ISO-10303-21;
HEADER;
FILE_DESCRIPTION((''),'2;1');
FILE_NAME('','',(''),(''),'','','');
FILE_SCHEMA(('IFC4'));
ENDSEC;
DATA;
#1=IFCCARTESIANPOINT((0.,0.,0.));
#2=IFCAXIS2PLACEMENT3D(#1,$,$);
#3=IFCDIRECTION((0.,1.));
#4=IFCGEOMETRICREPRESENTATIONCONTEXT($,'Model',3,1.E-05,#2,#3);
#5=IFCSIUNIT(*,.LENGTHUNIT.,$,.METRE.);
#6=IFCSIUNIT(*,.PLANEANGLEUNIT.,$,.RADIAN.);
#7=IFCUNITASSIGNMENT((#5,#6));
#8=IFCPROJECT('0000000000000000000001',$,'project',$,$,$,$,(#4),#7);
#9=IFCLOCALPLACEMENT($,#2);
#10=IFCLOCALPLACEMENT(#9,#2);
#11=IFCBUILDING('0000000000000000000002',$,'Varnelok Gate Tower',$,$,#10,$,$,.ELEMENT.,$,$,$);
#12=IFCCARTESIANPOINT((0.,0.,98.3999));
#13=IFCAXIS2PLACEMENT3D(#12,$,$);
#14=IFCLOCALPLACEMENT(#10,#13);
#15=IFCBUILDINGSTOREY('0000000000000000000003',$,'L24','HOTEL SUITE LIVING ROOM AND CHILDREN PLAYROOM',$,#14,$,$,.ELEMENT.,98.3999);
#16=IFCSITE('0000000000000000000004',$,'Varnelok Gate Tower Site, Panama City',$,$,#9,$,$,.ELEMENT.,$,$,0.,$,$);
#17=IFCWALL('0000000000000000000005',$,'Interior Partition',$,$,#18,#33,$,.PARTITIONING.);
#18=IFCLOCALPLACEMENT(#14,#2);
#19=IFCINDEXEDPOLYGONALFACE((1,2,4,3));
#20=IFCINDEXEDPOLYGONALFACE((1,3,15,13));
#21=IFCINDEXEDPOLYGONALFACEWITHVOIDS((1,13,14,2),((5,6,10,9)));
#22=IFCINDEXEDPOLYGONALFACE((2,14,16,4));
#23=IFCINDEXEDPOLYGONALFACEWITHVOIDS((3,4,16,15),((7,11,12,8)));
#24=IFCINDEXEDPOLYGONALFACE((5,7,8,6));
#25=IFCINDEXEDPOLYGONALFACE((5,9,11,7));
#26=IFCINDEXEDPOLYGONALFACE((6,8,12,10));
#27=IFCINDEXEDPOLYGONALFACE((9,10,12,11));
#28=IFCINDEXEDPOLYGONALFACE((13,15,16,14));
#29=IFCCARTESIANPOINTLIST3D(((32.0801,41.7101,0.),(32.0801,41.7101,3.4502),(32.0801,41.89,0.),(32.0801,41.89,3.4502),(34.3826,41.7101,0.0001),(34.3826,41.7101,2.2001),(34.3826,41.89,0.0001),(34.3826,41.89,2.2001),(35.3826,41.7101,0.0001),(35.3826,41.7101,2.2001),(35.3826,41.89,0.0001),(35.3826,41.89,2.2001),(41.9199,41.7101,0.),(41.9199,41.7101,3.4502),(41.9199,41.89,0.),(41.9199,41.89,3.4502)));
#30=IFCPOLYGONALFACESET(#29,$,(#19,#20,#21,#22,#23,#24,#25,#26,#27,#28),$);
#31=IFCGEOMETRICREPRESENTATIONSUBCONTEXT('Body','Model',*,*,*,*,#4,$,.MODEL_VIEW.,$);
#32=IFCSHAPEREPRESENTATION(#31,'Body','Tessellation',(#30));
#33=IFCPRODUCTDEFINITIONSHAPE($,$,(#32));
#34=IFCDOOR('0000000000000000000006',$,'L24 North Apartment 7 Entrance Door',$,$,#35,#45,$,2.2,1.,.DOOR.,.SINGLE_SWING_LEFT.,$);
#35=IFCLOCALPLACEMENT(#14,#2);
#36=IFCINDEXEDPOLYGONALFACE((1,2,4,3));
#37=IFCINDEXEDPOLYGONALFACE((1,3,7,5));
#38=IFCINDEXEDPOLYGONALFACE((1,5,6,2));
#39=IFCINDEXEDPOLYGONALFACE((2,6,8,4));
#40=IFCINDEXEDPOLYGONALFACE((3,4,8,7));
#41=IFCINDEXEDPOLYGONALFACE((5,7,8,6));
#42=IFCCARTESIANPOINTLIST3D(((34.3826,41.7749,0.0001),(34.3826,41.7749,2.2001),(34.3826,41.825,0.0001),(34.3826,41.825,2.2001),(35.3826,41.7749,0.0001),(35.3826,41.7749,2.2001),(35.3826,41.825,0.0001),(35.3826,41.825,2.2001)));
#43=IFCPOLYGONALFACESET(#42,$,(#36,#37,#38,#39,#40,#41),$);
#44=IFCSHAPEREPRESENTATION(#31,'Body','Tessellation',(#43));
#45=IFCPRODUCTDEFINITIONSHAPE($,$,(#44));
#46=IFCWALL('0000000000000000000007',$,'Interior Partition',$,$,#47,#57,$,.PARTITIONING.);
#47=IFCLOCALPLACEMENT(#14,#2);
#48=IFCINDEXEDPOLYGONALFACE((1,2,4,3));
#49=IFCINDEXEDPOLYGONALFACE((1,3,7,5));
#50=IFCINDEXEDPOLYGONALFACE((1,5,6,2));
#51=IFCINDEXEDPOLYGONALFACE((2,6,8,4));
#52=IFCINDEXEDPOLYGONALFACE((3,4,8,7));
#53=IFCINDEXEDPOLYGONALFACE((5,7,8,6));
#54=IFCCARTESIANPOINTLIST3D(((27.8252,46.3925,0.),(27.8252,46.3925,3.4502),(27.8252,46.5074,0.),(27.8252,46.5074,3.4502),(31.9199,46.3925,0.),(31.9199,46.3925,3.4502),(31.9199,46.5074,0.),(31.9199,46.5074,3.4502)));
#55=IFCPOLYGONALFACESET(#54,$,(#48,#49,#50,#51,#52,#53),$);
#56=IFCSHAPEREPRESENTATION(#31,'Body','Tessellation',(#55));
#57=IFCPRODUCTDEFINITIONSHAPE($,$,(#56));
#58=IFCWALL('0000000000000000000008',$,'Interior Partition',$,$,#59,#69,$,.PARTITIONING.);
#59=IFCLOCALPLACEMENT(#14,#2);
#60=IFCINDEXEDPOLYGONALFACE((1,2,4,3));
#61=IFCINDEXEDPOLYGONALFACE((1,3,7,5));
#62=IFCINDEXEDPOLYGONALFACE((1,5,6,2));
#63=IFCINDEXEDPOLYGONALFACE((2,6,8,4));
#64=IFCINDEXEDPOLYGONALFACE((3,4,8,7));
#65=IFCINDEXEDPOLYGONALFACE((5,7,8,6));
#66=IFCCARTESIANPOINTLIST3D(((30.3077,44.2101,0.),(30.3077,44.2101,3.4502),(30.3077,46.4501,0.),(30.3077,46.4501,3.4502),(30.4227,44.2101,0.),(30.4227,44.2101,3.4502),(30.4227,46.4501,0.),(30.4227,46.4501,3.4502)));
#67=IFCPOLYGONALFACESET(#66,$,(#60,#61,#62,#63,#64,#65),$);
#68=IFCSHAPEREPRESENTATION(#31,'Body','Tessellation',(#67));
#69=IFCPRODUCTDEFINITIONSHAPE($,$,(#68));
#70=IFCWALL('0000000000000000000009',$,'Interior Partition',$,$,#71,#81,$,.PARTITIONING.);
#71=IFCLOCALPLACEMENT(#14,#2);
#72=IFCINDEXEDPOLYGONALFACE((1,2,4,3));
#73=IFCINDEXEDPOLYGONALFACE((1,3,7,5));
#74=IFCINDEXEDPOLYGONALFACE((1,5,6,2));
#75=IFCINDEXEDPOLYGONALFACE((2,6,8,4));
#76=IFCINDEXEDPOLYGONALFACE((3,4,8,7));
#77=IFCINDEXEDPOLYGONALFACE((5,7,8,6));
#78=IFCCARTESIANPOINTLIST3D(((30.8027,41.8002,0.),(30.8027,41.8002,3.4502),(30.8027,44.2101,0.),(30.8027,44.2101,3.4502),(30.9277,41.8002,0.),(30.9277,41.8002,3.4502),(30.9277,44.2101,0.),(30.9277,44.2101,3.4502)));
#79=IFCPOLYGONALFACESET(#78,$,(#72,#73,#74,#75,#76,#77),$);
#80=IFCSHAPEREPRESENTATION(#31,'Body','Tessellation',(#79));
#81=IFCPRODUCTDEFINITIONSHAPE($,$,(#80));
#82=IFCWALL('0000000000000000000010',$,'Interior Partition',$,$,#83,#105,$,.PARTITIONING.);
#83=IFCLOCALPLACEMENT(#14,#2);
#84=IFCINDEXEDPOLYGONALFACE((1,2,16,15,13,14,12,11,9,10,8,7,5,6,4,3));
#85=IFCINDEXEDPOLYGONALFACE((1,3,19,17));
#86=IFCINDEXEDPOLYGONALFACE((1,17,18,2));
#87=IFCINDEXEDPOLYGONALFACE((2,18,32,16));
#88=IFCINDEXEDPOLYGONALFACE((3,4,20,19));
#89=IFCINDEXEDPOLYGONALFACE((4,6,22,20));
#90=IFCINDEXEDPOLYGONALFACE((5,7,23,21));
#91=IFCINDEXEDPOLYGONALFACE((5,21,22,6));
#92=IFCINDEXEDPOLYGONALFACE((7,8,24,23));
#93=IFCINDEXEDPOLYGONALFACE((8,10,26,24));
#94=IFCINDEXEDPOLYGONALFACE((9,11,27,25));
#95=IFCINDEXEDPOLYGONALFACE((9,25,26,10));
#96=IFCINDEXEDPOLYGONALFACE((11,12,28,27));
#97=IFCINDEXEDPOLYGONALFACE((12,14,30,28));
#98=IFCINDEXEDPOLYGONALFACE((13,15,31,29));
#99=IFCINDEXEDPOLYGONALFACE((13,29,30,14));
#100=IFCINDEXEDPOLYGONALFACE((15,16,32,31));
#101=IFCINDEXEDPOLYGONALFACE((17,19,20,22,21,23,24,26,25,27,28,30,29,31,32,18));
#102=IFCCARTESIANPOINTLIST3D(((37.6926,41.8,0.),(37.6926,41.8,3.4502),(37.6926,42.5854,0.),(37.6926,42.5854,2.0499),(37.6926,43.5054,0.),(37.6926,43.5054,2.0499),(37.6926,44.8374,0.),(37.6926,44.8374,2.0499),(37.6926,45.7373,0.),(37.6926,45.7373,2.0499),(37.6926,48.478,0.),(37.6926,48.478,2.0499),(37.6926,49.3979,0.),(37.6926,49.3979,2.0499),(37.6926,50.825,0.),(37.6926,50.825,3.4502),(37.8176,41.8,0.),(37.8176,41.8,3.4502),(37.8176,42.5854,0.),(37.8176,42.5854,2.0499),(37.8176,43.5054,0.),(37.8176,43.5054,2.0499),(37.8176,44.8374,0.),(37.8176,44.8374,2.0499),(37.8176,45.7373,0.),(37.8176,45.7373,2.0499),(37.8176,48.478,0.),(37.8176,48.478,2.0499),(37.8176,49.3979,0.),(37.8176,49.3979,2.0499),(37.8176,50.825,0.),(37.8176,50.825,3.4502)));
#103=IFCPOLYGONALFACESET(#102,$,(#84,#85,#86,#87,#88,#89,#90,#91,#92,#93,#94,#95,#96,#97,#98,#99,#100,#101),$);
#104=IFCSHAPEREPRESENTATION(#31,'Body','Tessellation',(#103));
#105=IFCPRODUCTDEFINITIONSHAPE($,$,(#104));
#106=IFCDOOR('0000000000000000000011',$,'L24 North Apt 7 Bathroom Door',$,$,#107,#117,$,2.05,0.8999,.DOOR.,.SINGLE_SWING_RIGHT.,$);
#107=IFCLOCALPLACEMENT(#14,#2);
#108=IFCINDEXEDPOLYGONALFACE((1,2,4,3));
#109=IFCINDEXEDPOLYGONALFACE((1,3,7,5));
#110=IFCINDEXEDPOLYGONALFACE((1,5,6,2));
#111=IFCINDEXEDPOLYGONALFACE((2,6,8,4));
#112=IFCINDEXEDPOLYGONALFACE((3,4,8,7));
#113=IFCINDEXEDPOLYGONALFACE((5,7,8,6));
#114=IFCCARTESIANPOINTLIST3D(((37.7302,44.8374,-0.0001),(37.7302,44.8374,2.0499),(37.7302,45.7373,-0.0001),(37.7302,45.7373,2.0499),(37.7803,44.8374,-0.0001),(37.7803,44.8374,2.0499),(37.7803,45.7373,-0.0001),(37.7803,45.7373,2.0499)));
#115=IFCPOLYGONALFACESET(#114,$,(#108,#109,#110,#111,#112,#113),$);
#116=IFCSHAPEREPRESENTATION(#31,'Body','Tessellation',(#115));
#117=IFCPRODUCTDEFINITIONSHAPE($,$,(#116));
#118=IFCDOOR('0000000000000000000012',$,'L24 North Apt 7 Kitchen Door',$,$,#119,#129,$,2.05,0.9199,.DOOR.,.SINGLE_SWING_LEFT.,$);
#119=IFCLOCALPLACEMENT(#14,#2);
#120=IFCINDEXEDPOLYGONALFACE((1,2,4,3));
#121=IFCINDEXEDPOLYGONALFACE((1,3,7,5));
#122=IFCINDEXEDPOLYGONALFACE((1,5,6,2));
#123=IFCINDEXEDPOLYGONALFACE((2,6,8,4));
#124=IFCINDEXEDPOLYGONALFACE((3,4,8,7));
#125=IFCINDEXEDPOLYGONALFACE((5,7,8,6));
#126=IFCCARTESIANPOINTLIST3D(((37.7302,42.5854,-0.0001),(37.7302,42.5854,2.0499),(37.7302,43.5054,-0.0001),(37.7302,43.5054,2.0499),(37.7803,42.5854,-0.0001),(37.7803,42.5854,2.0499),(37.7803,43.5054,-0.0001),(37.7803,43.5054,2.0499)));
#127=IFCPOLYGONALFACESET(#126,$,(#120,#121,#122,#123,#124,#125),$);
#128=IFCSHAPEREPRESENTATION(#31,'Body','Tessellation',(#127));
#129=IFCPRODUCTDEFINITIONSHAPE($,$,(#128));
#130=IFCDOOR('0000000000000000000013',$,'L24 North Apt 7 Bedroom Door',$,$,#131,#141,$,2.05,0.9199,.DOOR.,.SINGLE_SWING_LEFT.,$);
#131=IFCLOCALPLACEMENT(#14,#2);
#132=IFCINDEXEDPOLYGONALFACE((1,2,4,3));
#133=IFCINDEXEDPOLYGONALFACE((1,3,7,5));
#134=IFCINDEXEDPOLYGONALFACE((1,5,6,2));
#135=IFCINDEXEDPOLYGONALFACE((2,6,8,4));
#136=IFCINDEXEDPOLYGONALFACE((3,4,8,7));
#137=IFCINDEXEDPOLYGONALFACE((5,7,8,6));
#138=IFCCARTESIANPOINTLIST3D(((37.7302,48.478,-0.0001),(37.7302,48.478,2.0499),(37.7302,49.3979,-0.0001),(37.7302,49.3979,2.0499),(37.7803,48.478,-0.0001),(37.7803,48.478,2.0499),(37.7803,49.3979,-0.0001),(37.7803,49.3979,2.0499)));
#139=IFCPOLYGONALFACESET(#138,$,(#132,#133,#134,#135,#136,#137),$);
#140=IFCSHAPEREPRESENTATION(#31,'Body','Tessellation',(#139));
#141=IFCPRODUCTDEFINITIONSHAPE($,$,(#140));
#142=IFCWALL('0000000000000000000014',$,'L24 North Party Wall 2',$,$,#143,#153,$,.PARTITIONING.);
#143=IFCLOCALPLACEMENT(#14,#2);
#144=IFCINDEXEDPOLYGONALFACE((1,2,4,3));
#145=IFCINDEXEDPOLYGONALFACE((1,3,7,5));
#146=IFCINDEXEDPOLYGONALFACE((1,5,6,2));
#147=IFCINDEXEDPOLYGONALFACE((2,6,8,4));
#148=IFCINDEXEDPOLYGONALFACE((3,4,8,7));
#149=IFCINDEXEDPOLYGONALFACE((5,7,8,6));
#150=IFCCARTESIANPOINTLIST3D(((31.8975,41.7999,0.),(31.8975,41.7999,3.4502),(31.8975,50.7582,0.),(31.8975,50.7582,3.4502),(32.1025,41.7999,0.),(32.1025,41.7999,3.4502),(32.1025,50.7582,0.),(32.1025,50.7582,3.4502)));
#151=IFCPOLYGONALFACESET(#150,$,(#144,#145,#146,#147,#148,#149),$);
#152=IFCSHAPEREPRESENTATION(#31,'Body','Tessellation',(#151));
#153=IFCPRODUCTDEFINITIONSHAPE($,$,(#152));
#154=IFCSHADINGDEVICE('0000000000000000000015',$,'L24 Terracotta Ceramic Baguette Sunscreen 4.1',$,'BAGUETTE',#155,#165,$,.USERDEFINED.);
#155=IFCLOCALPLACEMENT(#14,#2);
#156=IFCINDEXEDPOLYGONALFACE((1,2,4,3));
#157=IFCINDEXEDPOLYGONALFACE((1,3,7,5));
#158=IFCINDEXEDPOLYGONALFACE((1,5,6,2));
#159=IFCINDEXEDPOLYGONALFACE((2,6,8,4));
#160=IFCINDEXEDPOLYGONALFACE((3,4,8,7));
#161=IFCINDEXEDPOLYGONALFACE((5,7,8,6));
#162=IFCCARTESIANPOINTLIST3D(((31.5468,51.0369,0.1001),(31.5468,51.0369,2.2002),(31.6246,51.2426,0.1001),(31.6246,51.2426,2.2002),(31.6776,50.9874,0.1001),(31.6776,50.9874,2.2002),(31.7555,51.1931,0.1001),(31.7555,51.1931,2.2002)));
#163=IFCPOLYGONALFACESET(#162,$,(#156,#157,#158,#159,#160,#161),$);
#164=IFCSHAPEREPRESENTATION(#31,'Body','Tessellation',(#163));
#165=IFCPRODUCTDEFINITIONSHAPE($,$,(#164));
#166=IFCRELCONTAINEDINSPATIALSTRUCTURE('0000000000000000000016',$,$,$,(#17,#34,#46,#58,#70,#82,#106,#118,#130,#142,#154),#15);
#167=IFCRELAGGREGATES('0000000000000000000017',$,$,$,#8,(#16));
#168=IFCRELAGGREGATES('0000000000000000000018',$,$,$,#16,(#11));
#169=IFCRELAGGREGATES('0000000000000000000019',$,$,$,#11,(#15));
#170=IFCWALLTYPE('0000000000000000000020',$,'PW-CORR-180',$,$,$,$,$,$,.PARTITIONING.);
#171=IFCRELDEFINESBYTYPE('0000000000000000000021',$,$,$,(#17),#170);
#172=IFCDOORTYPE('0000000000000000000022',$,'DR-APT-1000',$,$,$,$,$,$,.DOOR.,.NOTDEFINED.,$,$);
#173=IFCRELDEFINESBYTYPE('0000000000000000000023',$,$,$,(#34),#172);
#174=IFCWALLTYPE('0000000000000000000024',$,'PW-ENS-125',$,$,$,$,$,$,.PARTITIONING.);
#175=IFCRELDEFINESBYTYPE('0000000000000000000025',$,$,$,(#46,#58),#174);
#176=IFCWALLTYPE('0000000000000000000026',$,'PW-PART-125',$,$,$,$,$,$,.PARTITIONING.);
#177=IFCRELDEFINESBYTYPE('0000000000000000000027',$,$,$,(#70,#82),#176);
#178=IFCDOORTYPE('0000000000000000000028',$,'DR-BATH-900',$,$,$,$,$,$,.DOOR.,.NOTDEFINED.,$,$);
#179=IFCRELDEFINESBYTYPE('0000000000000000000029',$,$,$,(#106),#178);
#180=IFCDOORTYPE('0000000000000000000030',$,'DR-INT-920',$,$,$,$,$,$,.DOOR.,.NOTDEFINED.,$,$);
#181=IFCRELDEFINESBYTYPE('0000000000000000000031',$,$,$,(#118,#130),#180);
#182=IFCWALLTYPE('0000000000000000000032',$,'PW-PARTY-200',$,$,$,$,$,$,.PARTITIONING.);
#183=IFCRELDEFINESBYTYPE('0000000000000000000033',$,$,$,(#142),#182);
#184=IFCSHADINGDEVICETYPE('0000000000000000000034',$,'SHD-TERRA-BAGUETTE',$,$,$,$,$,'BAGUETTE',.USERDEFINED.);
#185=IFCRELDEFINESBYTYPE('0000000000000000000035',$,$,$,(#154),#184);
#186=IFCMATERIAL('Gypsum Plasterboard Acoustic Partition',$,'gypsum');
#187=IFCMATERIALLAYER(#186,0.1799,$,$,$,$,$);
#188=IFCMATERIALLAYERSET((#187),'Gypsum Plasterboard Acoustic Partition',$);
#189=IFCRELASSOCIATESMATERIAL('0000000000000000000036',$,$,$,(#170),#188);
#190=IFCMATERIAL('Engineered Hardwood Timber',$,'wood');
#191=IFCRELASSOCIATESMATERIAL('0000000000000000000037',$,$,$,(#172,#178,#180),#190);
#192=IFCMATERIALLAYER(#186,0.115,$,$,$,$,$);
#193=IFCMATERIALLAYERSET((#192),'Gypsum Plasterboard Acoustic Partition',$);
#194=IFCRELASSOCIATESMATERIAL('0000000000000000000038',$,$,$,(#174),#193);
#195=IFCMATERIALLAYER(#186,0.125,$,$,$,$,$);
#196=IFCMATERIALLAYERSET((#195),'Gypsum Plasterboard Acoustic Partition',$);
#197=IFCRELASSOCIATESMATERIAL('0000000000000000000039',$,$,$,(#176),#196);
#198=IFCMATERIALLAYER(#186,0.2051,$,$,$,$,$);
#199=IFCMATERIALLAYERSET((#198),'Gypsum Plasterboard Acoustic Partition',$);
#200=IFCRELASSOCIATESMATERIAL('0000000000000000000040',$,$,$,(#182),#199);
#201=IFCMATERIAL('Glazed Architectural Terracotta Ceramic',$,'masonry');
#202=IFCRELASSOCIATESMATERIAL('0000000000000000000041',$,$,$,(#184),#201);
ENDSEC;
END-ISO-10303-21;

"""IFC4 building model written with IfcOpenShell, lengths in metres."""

from ifc_helpers import new_model, si_unit, direction, frame, frame_2d, origin, origin_2d, place, context, subcontext, project, spatial, rectangle, extrude, source, transform, mapped, material, layer, layer_set, type_object, element, fill, save


model = new_model("IFC4")

# Units and contexts
model_context = context("Model", 3, precision=1e-05, world=origin(), true_north=direction((0.0, 1.0)))
body_context = subcontext(model_context, "Body", "Model", "MODEL_VIEW")
ifc_project = project(units=[si_unit("LENGTHUNIT", "METRE"), si_unit("PLANEANGLEUNIT", "RADIAN")], contexts=[model_context])

# Site, building, storey
site_placement = place(None, origin())
site = spatial("IfcSite", under=ifc_project, at=site_placement, Name="Varnelok Gate Tower Site, Panama City", CompositionType="ELEMENT", RefElevation=0.0)
building_placement = place(site_placement, origin())
building = spatial("IfcBuilding", under=site, at=building_placement, Name="Varnelok Gate Tower", CompositionType="ELEMENT")
storey_placement = place(building_placement, frame((0.0, 0.0, 98.3999)))
storey = spatial("IfcBuildingStorey", under=building, at=storey_placement, Name="L24", Description="HOTEL SUITE LIVING ROOM AND CHILDREN PLAYROOM", CompositionType="ELEMENT", Elevation=98.3999)

# Wall, opening, door
ifc_material_1 = material(Name="Gypsum Plasterboard Acoustic Partition", Category="gypsum")
ifc_layer_1 = layer(ifc_material_1, 0.1799)
ifc_layer_set_1 = layer_set([ifc_layer_1], Name="Gypsum Plasterboard Acoustic Partition")
wall_type_1 = type_object("IfcWallType", Name="PW-CORR-180", PredefinedType="PARTITIONING", material=ifc_layer_set_1)
wall_1_placement = place(storey_placement, frame((32.0801, 41.8, 0.0), z_axis=(0.0, 0.0, 1.0), x_axis=(1.0, 0.0, 0.0)))
wall_1 = element("IfcWall", 1, at=wall_1_placement, inside=storey, type_object=wall_type_1, Name="Interior Partition", PredefinedType="PARTITIONING", context=body_context, shape_type="SweptSolid", body=[
    extrude(rectangle(XDim=9.8398, YDim=0.1799, at=frame_2d((4.9199, 0.0))), origin(), (0.0, 0.0, 1.0), 3.4502),
])
opening_1_placement = place(wall_1_placement, frame((2.3025, 0.0, 0.0)))
opening_1 = element("IfcOpeningElement", 2, at=opening_1_placement, cuts=wall_1, PredefinedType="OPENING", context=body_context, shape_type="SweptSolid", body=[
    extrude(rectangle(XDim=1.0, YDim=2.2, at=frame_2d((0.5, 1.1001))), frame((0.0, 0.0999, 0.0), z_axis=(0.0, -1.0, 0.0), x_axis=(1.0, 0.0, 0.0)), (0.0, 0.0, 1.0), 0.2),
])
ifc_material_2 = material(Name="Engineered Hardwood Timber", Category="wood")
door_type_1 = type_object("IfcDoorType", Name="DR-APT-1000", OperationType="NOTDEFINED", PredefinedType="DOOR", material=ifc_material_2)
door_1_placement = place(opening_1_placement, origin())
door_1 = element("IfcDoor", 3, at=door_1_placement, inside=storey, type_object=door_type_1, Name="L24 North Apartment 7 Entrance Door", OperationType="SINGLE_SWING_LEFT", OverallHeight=2.2, OverallWidth=1.0, PredefinedType="DOOR", context=body_context, shape_type="SweptSolid", body=[
    extrude(rectangle(XDim=1.0, YDim=2.2, at=frame_2d((0.5, 1.1001))), frame((0.0, 0.0249, 0.0), z_axis=(0.0, -1.0, 0.0), x_axis=(1.0, 0.0, 0.0)), (0.0, 0.0, 1.0), 0.05),
])
fill(opening_1, door_1)

# Walls
ifc_layer_2 = layer(ifc_material_1, 0.115)
ifc_layer_set_2 = layer_set([ifc_layer_2], Name="Gypsum Plasterboard Acoustic Partition")
wall_type_2 = type_object("IfcWallType", Name="PW-ENS-125", PredefinedType="PARTITIONING", material=ifc_layer_set_2)
wall_2_placement = place(storey_placement, frame((27.8252, 46.45, 0.0), z_axis=(0.0, 0.0, 1.0), x_axis=(1.0, 0.0, 0.0)))
element("IfcWall", 4, at=wall_2_placement, inside=storey, type_object=wall_type_2, Name="Interior Partition", PredefinedType="PARTITIONING", context=body_context, shape_type="SweptSolid", body=[
    extrude(rectangle(XDim=4.0947, YDim=0.115, at=frame_2d((2.0474, 0.0))), origin(), (0.0, 0.0, 1.0), 3.4502),
])
wall_3_placement = place(storey_placement, frame((30.3652, 44.21, 0.0), z_axis=(0.0, 0.0, 1.0), x_axis=(0.0, 1.0, 0.0)))
element("IfcWall", 5, at=wall_3_placement, inside=storey, type_object=wall_type_2, Name="Interior Partition", PredefinedType="PARTITIONING", context=body_context, shape_type="SweptSolid", body=[
    extrude(rectangle(XDim=2.24, YDim=0.115, at=frame_2d((1.1201, 0.0))), origin(), (0.0, 0.0, 1.0), 3.4502),
])
ifc_layer_3 = layer(ifc_material_1, 0.125)
ifc_layer_set_3 = layer_set([ifc_layer_3], Name="Gypsum Plasterboard Acoustic Partition")
wall_type_3 = type_object("IfcWallType", Name="PW-PART-125", PredefinedType="PARTITIONING", material=ifc_layer_set_3)
wall_4_placement = place(storey_placement, frame((30.8652, 41.8, 0.0), z_axis=(0.0, 0.0, 1.0), x_axis=(0.0, 1.0, 0.0)))
element("IfcWall", 6, at=wall_4_placement, inside=storey, type_object=wall_type_3, Name="Interior Partition", PredefinedType="PARTITIONING", context=body_context, shape_type="SweptSolid", body=[
    extrude(rectangle(XDim=2.4099, YDim=0.125, at=frame_2d((1.2051, 0.0))), origin(), (0.0, 0.0, 1.0), 3.4502),
])

# Wall, openings, doors
wall_5_placement = place(storey_placement, frame((37.7551, 41.8, 0.0), z_axis=(0.0, 0.0, 1.0), x_axis=(0.0, 1.0, 0.0)))
wall_5 = element("IfcWall", 7, at=wall_5_placement, inside=storey, type_object=wall_type_3, Name="Interior Partition", PredefinedType="PARTITIONING", context=body_context, shape_type="SweptSolid", body=[
    extrude(rectangle(XDim=9.0249, YDim=0.125, at=frame_2d((4.5125, 0.0))), origin(), (0.0, 0.0, 1.0), 3.4502),
])
opening_2_placement = place(wall_5_placement, frame((0.7854, 0.0, 0.0)))
opening_2 = element("IfcOpeningElement", 8, at=opening_2_placement, cuts=wall_5, PredefinedType="OPENING", context=body_context, shape_type="SweptSolid", body=[
    extrude(rectangle(XDim=0.9199, YDim=2.05, at=frame_2d((0.46, 1.0249))), frame((0.0, 0.0725, 0.0), z_axis=(0.0, -1.0, 0.0), x_axis=(1.0, 0.0, 0.0)), (0.0, 0.0, 1.0), 0.145),
])
opening_3_placement = place(wall_5_placement, frame((3.0374, 0.0, 0.0)))
opening_3 = element("IfcOpeningElement", 9, at=opening_3_placement, cuts=wall_5, PredefinedType="OPENING", context=body_context, shape_type="SweptSolid", body=[
    extrude(rectangle(XDim=0.8999, YDim=2.05, at=frame_2d((0.45, 1.0249))), frame((0.0, 0.0725, 0.0), z_axis=(0.0, -1.0, 0.0), x_axis=(1.0, 0.0, 0.0)), (0.0, 0.0, 1.0), 0.145),
])
opening_4_placement = place(wall_5_placement, frame((6.678, 0.0, 0.0)))
opening_4 = element("IfcOpeningElement", 10, at=opening_4_placement, cuts=wall_5, PredefinedType="OPENING", context=body_context, shape_type="SweptSolid", body=[
    extrude(rectangle(XDim=0.9199, YDim=2.05, at=frame_2d((0.46, 1.0249))), frame((0.0, 0.0725, 0.0), z_axis=(0.0, -1.0, 0.0), x_axis=(1.0, 0.0, 0.0)), (0.0, 0.0, 1.0), 0.145),
])
door_type_2 = type_object("IfcDoorType", Name="DR-BATH-900", OperationType="NOTDEFINED", PredefinedType="DOOR", material=ifc_material_2)
door_2_placement = place(opening_3_placement, origin())
door_2 = element("IfcDoor", 11, at=door_2_placement, inside=storey, type_object=door_type_2, Name="L24 North Apt 7 Bathroom Door", OperationType="SINGLE_SWING_RIGHT", OverallHeight=2.05, OverallWidth=0.8999, PredefinedType="DOOR", context=body_context, shape_type="SweptSolid", body=[
    extrude(rectangle(XDim=0.8999, YDim=2.05, at=frame_2d((0.45, 1.0249))), frame((0.0, 0.0249, 0.0), z_axis=(0.0, -1.0, 0.0), x_axis=(1.0, 0.0, 0.0)), (0.0, 0.0, 1.0), 0.05),
])
fill(opening_3, door_2)
door_type_3 = type_object("IfcDoorType", Name="DR-INT-920", OperationType="NOTDEFINED", PredefinedType="DOOR", material=ifc_material_2)
door_3_placement = place(opening_2_placement, origin())
door_3 = element("IfcDoor", 12, at=door_3_placement, inside=storey, type_object=door_type_3, Name="L24 North Apt 7 Kitchen Door", OperationType="SINGLE_SWING_LEFT", OverallHeight=2.05, OverallWidth=0.9199, PredefinedType="DOOR", context=body_context, shape_type="SweptSolid", body=[
    extrude(rectangle(XDim=0.9199, YDim=2.05, at=frame_2d((0.46, 1.0249))), frame((0.0, 0.0249, 0.0), z_axis=(0.0, -1.0, 0.0), x_axis=(1.0, 0.0, 0.0)), (0.0, 0.0, 1.0), 0.05),
])
fill(opening_2, door_3)
door_4_placement = place(opening_4_placement, origin())
door_4 = element("IfcDoor", 13, at=door_4_placement, inside=storey, type_object=door_type_3, Name="L24 North Apt 7 Bedroom Door", OperationType="SINGLE_SWING_LEFT", OverallHeight=2.05, OverallWidth=0.9199, PredefinedType="DOOR", context=body_context, shape_type="SweptSolid", body=[
    extrude(rectangle(XDim=0.9199, YDim=2.05, at=frame_2d((0.46, 1.0249))), frame((0.0, 0.0249, 0.0), z_axis=(0.0, -1.0, 0.0), x_axis=(1.0, 0.0, 0.0)), (0.0, 0.0, 1.0), 0.05),
])
fill(opening_4, door_4)

# Wall
ifc_layer_4 = layer(ifc_material_1, 0.2051)
ifc_layer_set_4 = layer_set([ifc_layer_4], Name="Gypsum Plasterboard Acoustic Partition")
wall_type_4 = type_object("IfcWallType", Name="PW-PARTY-200", PredefinedType="PARTITIONING", material=ifc_layer_set_4)
wall_6_placement = place(storey_placement, frame((32.0, 41.8, 0.0), z_axis=(0.0, 0.0, 1.0), x_axis=(0.0, 1.0, 0.0)))
element("IfcWall", 14, at=wall_6_placement, inside=storey, type_object=wall_type_4, Name="L24 North Party Wall 2", PredefinedType="PARTITIONING", context=body_context, shape_type="SweptSolid", body=[
    extrude(rectangle(XDim=8.9583, YDim=0.2051, at=frame_2d((4.479, 0.0))), origin(), (0.0, 0.0, 1.0), 3.4502),
])

# Shading device
ifc_material_3 = material(Name="Glazed Architectural Terracotta Ceramic", Category="masonry")
shading_device_type = type_object("IfcShadingDeviceType", Name="SHD-TERRA-BAGUETTE", ElementType="BAGUETTE", PredefinedType="USERDEFINED", material=ifc_material_3)
shared_shape_1 = source(origin(), body_context, "Body", "SweptSolid", [
    extrude(rectangle(XDim=0.1399, YDim=0.22, at=origin_2d()), origin(), (0.0, 0.0, 1.0), 2.1001),
])
shading_device_placement = place(storey_placement, frame((31.6511, 51.115, 0.1001), z_axis=(0.0, 0.0, 1.0), x_axis=(0.935222, -0.354063, 0.0)))
element("IfcShadingDevice", 15, at=shading_device_placement, inside=storey, type_object=shading_device_type, Name="L24 Terracotta Ceramic Baguette Sunscreen 4.1", ObjectType="BAGUETTE", PredefinedType="USERDEFINED", context=body_context, shape_type="MappedRepresentation", body=[
    mapped(shared_shape_1, transform((0.0, 0.0, 0.0), scale=1.0)),
])

save(model, "model.ifc")
